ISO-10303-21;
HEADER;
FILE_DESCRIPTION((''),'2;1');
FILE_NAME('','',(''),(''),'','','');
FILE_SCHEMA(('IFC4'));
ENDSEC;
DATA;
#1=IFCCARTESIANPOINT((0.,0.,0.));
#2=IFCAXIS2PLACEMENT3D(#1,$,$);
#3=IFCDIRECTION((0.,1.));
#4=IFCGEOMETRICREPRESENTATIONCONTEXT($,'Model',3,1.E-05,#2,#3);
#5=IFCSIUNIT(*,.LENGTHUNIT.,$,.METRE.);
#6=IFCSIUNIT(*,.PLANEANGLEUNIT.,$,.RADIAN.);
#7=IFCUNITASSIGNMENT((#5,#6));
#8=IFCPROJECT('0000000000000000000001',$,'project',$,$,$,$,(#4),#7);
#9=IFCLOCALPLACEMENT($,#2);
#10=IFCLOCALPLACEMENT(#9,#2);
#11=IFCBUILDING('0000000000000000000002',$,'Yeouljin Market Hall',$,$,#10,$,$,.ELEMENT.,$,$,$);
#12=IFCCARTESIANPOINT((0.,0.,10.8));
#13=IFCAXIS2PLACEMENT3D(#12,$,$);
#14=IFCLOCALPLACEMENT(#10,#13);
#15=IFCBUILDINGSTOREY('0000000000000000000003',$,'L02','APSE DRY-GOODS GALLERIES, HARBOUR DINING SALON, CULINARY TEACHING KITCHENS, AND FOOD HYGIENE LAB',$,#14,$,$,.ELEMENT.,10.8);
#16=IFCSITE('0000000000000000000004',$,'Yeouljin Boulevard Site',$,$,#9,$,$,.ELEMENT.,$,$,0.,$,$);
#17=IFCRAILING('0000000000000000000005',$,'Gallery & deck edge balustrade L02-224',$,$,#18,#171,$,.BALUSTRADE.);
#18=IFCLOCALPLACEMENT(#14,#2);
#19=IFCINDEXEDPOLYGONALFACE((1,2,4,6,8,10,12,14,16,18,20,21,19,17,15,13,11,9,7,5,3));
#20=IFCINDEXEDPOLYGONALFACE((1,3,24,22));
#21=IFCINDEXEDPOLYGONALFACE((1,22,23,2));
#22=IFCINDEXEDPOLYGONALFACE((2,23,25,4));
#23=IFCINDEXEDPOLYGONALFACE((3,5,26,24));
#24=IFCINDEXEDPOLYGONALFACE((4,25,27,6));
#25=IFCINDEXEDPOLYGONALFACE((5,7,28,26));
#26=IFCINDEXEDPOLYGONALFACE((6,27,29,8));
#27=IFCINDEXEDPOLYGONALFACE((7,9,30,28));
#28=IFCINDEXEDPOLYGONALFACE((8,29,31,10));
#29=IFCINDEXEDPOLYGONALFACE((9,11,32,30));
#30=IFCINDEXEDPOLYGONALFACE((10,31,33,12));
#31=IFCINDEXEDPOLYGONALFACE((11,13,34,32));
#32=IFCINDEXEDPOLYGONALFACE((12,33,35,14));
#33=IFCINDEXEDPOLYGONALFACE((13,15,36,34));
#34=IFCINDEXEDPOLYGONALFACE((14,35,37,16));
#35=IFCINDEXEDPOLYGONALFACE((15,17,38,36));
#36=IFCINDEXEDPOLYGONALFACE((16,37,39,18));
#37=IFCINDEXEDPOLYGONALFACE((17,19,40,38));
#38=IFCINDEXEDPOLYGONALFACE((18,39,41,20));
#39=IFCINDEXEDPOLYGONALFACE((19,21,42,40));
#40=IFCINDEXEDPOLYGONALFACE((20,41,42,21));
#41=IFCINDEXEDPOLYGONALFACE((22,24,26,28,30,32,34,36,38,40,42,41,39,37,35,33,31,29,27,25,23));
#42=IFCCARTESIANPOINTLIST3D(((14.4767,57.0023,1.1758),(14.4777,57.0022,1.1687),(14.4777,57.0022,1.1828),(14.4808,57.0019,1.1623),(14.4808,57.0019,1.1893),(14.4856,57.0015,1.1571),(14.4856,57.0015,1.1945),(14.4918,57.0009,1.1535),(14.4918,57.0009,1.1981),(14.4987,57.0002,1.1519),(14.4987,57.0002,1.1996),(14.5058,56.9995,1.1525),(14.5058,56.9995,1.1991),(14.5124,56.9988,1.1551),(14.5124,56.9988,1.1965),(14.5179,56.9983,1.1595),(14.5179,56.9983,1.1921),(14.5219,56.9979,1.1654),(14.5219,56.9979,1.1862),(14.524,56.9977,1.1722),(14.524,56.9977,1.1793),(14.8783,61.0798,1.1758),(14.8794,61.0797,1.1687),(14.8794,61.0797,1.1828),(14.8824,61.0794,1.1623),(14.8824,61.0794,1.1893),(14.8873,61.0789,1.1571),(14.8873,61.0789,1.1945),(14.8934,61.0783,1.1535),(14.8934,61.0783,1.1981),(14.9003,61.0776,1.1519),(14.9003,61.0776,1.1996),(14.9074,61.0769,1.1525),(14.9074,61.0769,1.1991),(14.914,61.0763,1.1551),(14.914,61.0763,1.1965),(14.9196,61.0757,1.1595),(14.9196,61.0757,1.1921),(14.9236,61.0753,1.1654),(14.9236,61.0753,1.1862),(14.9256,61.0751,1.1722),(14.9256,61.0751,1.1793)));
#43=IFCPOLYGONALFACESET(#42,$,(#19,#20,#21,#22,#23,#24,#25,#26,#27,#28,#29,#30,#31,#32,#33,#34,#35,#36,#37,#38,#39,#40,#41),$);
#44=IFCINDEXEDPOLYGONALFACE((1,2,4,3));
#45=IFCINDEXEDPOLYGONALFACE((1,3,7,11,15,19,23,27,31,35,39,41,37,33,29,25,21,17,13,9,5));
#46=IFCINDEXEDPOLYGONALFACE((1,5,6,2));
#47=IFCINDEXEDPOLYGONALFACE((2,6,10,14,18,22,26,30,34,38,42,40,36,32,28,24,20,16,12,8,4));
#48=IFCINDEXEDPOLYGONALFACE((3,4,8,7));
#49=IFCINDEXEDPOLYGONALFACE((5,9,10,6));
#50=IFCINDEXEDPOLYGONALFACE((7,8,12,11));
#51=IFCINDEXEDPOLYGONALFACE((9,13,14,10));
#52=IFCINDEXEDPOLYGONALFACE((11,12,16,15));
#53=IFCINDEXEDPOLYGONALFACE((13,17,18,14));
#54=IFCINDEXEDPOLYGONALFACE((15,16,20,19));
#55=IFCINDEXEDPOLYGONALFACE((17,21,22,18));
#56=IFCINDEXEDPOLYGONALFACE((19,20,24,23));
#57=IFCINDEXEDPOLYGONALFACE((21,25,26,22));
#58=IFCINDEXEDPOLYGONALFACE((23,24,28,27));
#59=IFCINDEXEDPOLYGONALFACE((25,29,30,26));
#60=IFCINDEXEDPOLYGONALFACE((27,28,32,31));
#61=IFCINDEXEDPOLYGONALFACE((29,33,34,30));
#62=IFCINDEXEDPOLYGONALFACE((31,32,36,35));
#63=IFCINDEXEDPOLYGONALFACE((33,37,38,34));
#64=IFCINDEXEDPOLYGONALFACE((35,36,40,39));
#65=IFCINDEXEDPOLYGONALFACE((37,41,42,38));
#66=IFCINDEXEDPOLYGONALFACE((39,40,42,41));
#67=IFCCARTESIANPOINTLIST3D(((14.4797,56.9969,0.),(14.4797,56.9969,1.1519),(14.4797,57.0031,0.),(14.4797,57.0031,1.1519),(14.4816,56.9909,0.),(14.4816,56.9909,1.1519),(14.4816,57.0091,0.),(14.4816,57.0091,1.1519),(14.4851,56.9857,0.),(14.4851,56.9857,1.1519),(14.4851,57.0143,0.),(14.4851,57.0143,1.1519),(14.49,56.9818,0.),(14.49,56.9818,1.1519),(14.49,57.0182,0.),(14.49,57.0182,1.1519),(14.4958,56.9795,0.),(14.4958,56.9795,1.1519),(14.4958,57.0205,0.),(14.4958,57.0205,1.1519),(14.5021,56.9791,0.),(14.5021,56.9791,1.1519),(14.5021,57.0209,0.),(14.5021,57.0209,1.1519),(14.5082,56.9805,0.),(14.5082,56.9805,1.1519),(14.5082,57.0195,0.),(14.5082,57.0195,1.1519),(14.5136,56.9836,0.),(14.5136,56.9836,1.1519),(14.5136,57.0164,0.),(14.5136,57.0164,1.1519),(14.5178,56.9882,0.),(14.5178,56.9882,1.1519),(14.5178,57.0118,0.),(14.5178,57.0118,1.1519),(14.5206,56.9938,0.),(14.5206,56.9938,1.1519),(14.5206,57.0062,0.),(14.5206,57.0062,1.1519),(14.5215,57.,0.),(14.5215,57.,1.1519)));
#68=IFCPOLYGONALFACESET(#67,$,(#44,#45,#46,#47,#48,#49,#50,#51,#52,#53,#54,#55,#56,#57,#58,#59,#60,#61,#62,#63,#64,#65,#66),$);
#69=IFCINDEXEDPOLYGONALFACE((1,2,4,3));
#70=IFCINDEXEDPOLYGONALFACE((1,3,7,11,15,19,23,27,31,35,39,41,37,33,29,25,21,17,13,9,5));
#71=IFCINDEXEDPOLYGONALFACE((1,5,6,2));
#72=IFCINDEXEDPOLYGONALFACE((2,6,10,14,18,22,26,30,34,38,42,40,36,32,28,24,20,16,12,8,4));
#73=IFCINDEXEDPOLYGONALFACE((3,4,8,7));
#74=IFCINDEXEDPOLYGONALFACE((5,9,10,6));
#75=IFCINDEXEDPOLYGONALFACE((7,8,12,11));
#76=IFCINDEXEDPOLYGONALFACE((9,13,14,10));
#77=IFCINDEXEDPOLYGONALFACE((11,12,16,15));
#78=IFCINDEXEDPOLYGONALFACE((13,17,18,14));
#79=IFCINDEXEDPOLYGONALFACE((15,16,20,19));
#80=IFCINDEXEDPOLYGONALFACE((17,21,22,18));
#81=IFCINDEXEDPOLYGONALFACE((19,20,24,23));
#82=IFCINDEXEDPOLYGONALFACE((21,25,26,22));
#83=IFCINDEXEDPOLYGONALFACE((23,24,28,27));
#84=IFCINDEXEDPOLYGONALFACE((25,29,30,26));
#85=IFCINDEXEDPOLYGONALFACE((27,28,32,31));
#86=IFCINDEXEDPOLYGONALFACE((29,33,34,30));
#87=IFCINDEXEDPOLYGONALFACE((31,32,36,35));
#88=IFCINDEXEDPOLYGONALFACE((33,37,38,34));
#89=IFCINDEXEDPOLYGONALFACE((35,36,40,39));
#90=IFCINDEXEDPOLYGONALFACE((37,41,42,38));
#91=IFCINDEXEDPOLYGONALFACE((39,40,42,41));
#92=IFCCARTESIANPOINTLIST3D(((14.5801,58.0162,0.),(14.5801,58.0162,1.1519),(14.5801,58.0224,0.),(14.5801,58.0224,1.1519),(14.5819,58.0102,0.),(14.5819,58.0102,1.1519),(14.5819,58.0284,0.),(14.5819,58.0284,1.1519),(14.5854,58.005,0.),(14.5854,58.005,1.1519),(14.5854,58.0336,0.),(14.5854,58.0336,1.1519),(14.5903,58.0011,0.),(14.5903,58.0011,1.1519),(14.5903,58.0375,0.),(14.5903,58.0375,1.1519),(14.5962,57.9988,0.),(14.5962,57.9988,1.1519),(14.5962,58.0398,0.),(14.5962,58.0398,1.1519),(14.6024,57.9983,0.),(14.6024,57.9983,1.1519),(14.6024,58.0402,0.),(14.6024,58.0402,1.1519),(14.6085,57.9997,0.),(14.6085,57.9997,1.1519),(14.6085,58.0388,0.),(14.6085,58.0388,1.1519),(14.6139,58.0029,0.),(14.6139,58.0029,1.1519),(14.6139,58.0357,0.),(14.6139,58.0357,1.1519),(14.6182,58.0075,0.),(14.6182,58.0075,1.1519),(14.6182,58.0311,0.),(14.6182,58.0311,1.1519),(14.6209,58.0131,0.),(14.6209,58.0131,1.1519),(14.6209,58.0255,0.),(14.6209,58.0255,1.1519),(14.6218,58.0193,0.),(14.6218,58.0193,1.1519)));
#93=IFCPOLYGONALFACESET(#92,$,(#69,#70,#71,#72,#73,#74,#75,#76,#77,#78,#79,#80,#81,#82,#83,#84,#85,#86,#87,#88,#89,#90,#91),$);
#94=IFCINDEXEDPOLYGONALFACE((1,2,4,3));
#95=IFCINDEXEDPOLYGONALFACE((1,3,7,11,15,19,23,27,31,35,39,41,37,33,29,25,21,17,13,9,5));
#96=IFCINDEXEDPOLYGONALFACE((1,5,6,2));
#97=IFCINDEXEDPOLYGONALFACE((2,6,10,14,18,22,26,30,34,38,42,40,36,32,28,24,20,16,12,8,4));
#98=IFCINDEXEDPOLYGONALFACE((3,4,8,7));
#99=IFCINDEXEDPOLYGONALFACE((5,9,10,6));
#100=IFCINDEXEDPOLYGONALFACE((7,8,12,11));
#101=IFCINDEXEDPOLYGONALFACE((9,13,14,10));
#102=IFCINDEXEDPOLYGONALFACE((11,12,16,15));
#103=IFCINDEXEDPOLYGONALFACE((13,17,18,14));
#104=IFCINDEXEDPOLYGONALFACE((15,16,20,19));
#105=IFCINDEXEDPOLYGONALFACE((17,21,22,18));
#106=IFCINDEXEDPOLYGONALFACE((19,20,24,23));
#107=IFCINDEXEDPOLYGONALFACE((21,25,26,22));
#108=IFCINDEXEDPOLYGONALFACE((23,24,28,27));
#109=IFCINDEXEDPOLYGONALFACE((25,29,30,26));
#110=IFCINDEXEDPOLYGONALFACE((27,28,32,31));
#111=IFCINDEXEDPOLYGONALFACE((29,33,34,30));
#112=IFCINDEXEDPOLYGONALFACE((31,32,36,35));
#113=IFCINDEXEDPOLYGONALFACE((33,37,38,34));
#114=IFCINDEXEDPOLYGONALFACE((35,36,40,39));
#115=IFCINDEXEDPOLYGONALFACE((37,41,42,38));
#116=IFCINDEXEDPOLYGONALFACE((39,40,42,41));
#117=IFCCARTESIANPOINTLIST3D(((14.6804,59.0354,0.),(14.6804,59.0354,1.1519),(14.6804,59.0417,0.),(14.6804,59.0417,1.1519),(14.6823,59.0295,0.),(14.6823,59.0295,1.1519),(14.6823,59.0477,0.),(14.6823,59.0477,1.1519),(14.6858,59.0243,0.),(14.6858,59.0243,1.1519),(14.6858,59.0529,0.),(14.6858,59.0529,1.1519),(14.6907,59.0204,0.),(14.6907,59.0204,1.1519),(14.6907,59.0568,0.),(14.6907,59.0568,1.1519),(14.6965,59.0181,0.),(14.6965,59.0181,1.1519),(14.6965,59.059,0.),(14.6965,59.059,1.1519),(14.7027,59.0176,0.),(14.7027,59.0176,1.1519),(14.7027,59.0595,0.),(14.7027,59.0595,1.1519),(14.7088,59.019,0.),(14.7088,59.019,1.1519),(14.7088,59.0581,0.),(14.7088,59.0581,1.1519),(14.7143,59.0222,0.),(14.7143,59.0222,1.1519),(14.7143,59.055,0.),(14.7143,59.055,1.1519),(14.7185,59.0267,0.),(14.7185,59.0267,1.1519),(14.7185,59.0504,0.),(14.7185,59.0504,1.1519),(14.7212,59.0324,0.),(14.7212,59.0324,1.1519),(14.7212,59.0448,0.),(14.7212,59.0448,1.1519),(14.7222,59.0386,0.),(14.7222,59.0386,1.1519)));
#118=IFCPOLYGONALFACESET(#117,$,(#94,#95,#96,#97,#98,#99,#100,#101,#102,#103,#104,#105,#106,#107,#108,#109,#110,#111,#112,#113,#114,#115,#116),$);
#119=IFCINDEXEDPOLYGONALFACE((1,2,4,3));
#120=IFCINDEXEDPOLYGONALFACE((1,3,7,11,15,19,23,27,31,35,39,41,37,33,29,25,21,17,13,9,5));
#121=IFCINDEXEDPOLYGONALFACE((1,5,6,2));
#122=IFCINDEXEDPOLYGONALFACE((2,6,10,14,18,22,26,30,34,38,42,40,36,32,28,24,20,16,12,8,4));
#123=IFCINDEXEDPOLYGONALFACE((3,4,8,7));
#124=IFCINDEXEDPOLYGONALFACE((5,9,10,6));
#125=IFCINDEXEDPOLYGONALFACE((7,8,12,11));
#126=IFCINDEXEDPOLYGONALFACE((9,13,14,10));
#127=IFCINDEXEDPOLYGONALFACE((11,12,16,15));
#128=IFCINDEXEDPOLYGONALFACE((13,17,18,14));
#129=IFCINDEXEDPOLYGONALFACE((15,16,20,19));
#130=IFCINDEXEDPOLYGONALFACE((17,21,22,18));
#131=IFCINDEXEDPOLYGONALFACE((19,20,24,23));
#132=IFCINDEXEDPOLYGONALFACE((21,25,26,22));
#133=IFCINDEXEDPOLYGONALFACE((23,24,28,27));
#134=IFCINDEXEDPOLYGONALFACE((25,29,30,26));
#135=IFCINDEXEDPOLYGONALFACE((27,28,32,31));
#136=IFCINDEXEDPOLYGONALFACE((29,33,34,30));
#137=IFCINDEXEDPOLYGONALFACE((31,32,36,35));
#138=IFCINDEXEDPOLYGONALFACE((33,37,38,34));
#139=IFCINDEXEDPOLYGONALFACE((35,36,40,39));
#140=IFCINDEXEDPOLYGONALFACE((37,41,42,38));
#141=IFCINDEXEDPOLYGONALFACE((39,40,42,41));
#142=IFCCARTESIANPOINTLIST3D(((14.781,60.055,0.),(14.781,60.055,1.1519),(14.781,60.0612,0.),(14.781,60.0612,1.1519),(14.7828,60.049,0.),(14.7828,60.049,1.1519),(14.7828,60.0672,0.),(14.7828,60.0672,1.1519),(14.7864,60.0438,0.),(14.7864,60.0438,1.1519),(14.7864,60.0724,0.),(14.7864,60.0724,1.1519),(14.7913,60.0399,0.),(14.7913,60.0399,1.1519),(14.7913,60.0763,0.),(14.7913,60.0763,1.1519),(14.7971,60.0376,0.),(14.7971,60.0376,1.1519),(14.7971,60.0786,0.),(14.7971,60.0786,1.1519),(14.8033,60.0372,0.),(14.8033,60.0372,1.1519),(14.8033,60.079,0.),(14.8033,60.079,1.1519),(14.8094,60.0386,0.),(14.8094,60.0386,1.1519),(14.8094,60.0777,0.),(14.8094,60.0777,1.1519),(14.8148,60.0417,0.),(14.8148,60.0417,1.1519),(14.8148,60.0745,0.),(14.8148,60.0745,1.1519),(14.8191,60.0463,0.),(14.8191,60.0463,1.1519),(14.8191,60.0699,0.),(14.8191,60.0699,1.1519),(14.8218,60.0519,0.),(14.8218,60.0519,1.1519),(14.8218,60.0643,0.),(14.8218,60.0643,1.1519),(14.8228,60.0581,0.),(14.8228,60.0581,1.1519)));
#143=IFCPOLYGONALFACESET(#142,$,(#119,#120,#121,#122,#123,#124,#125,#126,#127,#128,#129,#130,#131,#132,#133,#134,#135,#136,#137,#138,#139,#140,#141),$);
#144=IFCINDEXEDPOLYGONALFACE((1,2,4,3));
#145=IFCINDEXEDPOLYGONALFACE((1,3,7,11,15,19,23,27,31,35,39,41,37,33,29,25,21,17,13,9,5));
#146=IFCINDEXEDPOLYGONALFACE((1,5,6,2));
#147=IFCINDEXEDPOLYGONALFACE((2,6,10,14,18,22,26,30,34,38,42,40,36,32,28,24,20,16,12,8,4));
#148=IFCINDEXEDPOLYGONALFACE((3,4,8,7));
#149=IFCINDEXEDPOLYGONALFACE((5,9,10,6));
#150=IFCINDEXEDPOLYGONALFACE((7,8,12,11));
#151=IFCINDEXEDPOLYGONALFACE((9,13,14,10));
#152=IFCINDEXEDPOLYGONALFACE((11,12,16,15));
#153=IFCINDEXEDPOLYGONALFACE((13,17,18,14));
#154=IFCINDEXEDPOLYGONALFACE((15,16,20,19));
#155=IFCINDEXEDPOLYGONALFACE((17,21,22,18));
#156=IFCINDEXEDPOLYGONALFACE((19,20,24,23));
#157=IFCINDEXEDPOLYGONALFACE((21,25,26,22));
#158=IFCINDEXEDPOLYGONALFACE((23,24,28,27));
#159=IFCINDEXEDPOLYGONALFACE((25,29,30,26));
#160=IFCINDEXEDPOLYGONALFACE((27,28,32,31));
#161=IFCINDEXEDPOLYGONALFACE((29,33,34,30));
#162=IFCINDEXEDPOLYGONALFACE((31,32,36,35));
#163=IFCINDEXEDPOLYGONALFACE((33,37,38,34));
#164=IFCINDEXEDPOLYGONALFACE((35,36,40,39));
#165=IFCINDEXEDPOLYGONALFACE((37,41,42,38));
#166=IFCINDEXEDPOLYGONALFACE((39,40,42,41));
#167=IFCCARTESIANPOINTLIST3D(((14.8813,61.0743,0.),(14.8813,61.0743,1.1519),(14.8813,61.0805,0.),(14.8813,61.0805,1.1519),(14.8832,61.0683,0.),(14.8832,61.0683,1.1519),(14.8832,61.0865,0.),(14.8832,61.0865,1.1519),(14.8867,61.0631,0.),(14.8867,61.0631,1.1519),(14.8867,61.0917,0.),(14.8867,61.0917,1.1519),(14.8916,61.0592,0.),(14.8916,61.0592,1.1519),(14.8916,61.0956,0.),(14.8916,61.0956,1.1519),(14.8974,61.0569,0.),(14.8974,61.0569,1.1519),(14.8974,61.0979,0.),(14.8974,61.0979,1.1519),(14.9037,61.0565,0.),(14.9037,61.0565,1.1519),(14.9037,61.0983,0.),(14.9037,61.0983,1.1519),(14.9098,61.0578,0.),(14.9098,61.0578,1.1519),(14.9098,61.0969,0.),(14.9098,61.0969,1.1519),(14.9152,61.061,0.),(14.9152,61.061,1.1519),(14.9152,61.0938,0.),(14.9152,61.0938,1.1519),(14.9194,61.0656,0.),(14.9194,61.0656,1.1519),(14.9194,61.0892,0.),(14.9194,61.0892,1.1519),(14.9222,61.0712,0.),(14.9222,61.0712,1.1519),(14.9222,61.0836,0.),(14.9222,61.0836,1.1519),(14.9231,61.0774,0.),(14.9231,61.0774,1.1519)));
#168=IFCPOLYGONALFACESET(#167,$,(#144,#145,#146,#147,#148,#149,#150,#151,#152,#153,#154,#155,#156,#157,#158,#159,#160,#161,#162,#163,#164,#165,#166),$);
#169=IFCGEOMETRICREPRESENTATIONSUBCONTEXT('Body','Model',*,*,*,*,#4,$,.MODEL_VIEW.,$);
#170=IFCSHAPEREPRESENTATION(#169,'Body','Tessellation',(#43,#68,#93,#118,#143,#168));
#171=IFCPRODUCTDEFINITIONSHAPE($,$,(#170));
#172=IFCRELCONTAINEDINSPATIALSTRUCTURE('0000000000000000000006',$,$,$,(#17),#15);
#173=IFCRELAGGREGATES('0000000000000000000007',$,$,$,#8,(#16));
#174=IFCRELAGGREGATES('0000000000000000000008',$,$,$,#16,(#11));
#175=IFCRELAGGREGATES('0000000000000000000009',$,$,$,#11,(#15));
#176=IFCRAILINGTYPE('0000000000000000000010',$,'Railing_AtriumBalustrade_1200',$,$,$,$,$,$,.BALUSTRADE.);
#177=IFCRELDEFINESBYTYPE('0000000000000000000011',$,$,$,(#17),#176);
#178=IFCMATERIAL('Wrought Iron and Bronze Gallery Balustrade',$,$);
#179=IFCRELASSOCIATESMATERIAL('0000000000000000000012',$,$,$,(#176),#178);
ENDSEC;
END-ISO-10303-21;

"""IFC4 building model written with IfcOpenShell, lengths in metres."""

from ifc_helpers import new_model, si_unit, direction, frame, origin, origin_2d, place, context, subcontext, project, spatial, circle, extrude, material, type_object, element, save


model = new_model("IFC4")

# Units and contexts
model_context = context("Model", 3, precision=1e-05, world=origin(), true_north=direction((0.0, 1.0)))
body_context = subcontext(model_context, "Body", "Model", "MODEL_VIEW")
ifc_project = project(units=[si_unit("LENGTHUNIT", "METRE"), si_unit("PLANEANGLEUNIT", "RADIAN")], contexts=[model_context])

# Site, building, storey
site_placement = place(None, origin())
site = spatial("IfcSite", under=ifc_project, at=site_placement, Name="Yeouljin Boulevard Site", CompositionType="ELEMENT", RefElevation=0.0)
building_placement = place(site_placement, origin())
building = spatial("IfcBuilding", under=site, at=building_placement, Name="Yeouljin Market Hall", CompositionType="ELEMENT")
storey_placement = place(building_placement, frame((0.0, 0.0, 10.8)))
storey = spatial("IfcBuildingStorey", under=building, at=storey_placement, Name="L02", Description="APSE DRY-GOODS GALLERIES, HARBOUR DINING SALON, CULINARY TEACHING KITCHENS, AND FOOD HYGIENE LAB", CompositionType="ELEMENT", Elevation=10.8)

# Railing
ifc_material_1 = material(Name="Wrought Iron and Bronze Gallery Balustrade")
railing_type = type_object("IfcRailingType", Name="Railing_AtriumBalustrade_1200", PredefinedType="BALUSTRADE", material=ifc_material_1)
railing_1_placement = place(storey_placement, frame((14.5005, 57.0, 0.0)))
element("IfcRailing", 1, at=railing_1_placement, inside=storey, type_object=railing_type, Name="Gallery & deck edge balustrade L02-224", PredefinedType="BALUSTRADE", context=body_context, shape_type="SweptSolid", body=[
    extrude(circle(Radius=0.0239, at=origin_2d()), frame((0.0, 0.0, 1.1758), z_axis=(0.098023, 0.995184, 0.0), x_axis=(-0.995184, 0.098023, 0.0)), (0.0, 0.0, 1.0), 4.0972),
    extrude(circle(Radius=0.021, at=origin_2d()), origin(), (0.0, 0.0, 1.0), 1.1519),
    extrude(circle(Radius=0.021, at=origin_2d()), frame((0.1003, 1.0193, 0.0)), (0.0, 0.0, 1.0), 1.1519),
    extrude(circle(Radius=0.021, at=origin_2d()), frame((0.2007, 2.0386, 0.0)), (0.0, 0.0, 1.0), 1.1519),
    extrude(circle(Radius=0.021, at=origin_2d()), frame((0.3013, 3.0581, 0.0)), (0.0, 0.0, 1.0), 1.1519),
    extrude(circle(Radius=0.021, at=origin_2d()), frame((0.4016, 4.0774, 0.0)), (0.0, 0.0, 1.0), 1.1519),
])

save(model, "model.ifc")
